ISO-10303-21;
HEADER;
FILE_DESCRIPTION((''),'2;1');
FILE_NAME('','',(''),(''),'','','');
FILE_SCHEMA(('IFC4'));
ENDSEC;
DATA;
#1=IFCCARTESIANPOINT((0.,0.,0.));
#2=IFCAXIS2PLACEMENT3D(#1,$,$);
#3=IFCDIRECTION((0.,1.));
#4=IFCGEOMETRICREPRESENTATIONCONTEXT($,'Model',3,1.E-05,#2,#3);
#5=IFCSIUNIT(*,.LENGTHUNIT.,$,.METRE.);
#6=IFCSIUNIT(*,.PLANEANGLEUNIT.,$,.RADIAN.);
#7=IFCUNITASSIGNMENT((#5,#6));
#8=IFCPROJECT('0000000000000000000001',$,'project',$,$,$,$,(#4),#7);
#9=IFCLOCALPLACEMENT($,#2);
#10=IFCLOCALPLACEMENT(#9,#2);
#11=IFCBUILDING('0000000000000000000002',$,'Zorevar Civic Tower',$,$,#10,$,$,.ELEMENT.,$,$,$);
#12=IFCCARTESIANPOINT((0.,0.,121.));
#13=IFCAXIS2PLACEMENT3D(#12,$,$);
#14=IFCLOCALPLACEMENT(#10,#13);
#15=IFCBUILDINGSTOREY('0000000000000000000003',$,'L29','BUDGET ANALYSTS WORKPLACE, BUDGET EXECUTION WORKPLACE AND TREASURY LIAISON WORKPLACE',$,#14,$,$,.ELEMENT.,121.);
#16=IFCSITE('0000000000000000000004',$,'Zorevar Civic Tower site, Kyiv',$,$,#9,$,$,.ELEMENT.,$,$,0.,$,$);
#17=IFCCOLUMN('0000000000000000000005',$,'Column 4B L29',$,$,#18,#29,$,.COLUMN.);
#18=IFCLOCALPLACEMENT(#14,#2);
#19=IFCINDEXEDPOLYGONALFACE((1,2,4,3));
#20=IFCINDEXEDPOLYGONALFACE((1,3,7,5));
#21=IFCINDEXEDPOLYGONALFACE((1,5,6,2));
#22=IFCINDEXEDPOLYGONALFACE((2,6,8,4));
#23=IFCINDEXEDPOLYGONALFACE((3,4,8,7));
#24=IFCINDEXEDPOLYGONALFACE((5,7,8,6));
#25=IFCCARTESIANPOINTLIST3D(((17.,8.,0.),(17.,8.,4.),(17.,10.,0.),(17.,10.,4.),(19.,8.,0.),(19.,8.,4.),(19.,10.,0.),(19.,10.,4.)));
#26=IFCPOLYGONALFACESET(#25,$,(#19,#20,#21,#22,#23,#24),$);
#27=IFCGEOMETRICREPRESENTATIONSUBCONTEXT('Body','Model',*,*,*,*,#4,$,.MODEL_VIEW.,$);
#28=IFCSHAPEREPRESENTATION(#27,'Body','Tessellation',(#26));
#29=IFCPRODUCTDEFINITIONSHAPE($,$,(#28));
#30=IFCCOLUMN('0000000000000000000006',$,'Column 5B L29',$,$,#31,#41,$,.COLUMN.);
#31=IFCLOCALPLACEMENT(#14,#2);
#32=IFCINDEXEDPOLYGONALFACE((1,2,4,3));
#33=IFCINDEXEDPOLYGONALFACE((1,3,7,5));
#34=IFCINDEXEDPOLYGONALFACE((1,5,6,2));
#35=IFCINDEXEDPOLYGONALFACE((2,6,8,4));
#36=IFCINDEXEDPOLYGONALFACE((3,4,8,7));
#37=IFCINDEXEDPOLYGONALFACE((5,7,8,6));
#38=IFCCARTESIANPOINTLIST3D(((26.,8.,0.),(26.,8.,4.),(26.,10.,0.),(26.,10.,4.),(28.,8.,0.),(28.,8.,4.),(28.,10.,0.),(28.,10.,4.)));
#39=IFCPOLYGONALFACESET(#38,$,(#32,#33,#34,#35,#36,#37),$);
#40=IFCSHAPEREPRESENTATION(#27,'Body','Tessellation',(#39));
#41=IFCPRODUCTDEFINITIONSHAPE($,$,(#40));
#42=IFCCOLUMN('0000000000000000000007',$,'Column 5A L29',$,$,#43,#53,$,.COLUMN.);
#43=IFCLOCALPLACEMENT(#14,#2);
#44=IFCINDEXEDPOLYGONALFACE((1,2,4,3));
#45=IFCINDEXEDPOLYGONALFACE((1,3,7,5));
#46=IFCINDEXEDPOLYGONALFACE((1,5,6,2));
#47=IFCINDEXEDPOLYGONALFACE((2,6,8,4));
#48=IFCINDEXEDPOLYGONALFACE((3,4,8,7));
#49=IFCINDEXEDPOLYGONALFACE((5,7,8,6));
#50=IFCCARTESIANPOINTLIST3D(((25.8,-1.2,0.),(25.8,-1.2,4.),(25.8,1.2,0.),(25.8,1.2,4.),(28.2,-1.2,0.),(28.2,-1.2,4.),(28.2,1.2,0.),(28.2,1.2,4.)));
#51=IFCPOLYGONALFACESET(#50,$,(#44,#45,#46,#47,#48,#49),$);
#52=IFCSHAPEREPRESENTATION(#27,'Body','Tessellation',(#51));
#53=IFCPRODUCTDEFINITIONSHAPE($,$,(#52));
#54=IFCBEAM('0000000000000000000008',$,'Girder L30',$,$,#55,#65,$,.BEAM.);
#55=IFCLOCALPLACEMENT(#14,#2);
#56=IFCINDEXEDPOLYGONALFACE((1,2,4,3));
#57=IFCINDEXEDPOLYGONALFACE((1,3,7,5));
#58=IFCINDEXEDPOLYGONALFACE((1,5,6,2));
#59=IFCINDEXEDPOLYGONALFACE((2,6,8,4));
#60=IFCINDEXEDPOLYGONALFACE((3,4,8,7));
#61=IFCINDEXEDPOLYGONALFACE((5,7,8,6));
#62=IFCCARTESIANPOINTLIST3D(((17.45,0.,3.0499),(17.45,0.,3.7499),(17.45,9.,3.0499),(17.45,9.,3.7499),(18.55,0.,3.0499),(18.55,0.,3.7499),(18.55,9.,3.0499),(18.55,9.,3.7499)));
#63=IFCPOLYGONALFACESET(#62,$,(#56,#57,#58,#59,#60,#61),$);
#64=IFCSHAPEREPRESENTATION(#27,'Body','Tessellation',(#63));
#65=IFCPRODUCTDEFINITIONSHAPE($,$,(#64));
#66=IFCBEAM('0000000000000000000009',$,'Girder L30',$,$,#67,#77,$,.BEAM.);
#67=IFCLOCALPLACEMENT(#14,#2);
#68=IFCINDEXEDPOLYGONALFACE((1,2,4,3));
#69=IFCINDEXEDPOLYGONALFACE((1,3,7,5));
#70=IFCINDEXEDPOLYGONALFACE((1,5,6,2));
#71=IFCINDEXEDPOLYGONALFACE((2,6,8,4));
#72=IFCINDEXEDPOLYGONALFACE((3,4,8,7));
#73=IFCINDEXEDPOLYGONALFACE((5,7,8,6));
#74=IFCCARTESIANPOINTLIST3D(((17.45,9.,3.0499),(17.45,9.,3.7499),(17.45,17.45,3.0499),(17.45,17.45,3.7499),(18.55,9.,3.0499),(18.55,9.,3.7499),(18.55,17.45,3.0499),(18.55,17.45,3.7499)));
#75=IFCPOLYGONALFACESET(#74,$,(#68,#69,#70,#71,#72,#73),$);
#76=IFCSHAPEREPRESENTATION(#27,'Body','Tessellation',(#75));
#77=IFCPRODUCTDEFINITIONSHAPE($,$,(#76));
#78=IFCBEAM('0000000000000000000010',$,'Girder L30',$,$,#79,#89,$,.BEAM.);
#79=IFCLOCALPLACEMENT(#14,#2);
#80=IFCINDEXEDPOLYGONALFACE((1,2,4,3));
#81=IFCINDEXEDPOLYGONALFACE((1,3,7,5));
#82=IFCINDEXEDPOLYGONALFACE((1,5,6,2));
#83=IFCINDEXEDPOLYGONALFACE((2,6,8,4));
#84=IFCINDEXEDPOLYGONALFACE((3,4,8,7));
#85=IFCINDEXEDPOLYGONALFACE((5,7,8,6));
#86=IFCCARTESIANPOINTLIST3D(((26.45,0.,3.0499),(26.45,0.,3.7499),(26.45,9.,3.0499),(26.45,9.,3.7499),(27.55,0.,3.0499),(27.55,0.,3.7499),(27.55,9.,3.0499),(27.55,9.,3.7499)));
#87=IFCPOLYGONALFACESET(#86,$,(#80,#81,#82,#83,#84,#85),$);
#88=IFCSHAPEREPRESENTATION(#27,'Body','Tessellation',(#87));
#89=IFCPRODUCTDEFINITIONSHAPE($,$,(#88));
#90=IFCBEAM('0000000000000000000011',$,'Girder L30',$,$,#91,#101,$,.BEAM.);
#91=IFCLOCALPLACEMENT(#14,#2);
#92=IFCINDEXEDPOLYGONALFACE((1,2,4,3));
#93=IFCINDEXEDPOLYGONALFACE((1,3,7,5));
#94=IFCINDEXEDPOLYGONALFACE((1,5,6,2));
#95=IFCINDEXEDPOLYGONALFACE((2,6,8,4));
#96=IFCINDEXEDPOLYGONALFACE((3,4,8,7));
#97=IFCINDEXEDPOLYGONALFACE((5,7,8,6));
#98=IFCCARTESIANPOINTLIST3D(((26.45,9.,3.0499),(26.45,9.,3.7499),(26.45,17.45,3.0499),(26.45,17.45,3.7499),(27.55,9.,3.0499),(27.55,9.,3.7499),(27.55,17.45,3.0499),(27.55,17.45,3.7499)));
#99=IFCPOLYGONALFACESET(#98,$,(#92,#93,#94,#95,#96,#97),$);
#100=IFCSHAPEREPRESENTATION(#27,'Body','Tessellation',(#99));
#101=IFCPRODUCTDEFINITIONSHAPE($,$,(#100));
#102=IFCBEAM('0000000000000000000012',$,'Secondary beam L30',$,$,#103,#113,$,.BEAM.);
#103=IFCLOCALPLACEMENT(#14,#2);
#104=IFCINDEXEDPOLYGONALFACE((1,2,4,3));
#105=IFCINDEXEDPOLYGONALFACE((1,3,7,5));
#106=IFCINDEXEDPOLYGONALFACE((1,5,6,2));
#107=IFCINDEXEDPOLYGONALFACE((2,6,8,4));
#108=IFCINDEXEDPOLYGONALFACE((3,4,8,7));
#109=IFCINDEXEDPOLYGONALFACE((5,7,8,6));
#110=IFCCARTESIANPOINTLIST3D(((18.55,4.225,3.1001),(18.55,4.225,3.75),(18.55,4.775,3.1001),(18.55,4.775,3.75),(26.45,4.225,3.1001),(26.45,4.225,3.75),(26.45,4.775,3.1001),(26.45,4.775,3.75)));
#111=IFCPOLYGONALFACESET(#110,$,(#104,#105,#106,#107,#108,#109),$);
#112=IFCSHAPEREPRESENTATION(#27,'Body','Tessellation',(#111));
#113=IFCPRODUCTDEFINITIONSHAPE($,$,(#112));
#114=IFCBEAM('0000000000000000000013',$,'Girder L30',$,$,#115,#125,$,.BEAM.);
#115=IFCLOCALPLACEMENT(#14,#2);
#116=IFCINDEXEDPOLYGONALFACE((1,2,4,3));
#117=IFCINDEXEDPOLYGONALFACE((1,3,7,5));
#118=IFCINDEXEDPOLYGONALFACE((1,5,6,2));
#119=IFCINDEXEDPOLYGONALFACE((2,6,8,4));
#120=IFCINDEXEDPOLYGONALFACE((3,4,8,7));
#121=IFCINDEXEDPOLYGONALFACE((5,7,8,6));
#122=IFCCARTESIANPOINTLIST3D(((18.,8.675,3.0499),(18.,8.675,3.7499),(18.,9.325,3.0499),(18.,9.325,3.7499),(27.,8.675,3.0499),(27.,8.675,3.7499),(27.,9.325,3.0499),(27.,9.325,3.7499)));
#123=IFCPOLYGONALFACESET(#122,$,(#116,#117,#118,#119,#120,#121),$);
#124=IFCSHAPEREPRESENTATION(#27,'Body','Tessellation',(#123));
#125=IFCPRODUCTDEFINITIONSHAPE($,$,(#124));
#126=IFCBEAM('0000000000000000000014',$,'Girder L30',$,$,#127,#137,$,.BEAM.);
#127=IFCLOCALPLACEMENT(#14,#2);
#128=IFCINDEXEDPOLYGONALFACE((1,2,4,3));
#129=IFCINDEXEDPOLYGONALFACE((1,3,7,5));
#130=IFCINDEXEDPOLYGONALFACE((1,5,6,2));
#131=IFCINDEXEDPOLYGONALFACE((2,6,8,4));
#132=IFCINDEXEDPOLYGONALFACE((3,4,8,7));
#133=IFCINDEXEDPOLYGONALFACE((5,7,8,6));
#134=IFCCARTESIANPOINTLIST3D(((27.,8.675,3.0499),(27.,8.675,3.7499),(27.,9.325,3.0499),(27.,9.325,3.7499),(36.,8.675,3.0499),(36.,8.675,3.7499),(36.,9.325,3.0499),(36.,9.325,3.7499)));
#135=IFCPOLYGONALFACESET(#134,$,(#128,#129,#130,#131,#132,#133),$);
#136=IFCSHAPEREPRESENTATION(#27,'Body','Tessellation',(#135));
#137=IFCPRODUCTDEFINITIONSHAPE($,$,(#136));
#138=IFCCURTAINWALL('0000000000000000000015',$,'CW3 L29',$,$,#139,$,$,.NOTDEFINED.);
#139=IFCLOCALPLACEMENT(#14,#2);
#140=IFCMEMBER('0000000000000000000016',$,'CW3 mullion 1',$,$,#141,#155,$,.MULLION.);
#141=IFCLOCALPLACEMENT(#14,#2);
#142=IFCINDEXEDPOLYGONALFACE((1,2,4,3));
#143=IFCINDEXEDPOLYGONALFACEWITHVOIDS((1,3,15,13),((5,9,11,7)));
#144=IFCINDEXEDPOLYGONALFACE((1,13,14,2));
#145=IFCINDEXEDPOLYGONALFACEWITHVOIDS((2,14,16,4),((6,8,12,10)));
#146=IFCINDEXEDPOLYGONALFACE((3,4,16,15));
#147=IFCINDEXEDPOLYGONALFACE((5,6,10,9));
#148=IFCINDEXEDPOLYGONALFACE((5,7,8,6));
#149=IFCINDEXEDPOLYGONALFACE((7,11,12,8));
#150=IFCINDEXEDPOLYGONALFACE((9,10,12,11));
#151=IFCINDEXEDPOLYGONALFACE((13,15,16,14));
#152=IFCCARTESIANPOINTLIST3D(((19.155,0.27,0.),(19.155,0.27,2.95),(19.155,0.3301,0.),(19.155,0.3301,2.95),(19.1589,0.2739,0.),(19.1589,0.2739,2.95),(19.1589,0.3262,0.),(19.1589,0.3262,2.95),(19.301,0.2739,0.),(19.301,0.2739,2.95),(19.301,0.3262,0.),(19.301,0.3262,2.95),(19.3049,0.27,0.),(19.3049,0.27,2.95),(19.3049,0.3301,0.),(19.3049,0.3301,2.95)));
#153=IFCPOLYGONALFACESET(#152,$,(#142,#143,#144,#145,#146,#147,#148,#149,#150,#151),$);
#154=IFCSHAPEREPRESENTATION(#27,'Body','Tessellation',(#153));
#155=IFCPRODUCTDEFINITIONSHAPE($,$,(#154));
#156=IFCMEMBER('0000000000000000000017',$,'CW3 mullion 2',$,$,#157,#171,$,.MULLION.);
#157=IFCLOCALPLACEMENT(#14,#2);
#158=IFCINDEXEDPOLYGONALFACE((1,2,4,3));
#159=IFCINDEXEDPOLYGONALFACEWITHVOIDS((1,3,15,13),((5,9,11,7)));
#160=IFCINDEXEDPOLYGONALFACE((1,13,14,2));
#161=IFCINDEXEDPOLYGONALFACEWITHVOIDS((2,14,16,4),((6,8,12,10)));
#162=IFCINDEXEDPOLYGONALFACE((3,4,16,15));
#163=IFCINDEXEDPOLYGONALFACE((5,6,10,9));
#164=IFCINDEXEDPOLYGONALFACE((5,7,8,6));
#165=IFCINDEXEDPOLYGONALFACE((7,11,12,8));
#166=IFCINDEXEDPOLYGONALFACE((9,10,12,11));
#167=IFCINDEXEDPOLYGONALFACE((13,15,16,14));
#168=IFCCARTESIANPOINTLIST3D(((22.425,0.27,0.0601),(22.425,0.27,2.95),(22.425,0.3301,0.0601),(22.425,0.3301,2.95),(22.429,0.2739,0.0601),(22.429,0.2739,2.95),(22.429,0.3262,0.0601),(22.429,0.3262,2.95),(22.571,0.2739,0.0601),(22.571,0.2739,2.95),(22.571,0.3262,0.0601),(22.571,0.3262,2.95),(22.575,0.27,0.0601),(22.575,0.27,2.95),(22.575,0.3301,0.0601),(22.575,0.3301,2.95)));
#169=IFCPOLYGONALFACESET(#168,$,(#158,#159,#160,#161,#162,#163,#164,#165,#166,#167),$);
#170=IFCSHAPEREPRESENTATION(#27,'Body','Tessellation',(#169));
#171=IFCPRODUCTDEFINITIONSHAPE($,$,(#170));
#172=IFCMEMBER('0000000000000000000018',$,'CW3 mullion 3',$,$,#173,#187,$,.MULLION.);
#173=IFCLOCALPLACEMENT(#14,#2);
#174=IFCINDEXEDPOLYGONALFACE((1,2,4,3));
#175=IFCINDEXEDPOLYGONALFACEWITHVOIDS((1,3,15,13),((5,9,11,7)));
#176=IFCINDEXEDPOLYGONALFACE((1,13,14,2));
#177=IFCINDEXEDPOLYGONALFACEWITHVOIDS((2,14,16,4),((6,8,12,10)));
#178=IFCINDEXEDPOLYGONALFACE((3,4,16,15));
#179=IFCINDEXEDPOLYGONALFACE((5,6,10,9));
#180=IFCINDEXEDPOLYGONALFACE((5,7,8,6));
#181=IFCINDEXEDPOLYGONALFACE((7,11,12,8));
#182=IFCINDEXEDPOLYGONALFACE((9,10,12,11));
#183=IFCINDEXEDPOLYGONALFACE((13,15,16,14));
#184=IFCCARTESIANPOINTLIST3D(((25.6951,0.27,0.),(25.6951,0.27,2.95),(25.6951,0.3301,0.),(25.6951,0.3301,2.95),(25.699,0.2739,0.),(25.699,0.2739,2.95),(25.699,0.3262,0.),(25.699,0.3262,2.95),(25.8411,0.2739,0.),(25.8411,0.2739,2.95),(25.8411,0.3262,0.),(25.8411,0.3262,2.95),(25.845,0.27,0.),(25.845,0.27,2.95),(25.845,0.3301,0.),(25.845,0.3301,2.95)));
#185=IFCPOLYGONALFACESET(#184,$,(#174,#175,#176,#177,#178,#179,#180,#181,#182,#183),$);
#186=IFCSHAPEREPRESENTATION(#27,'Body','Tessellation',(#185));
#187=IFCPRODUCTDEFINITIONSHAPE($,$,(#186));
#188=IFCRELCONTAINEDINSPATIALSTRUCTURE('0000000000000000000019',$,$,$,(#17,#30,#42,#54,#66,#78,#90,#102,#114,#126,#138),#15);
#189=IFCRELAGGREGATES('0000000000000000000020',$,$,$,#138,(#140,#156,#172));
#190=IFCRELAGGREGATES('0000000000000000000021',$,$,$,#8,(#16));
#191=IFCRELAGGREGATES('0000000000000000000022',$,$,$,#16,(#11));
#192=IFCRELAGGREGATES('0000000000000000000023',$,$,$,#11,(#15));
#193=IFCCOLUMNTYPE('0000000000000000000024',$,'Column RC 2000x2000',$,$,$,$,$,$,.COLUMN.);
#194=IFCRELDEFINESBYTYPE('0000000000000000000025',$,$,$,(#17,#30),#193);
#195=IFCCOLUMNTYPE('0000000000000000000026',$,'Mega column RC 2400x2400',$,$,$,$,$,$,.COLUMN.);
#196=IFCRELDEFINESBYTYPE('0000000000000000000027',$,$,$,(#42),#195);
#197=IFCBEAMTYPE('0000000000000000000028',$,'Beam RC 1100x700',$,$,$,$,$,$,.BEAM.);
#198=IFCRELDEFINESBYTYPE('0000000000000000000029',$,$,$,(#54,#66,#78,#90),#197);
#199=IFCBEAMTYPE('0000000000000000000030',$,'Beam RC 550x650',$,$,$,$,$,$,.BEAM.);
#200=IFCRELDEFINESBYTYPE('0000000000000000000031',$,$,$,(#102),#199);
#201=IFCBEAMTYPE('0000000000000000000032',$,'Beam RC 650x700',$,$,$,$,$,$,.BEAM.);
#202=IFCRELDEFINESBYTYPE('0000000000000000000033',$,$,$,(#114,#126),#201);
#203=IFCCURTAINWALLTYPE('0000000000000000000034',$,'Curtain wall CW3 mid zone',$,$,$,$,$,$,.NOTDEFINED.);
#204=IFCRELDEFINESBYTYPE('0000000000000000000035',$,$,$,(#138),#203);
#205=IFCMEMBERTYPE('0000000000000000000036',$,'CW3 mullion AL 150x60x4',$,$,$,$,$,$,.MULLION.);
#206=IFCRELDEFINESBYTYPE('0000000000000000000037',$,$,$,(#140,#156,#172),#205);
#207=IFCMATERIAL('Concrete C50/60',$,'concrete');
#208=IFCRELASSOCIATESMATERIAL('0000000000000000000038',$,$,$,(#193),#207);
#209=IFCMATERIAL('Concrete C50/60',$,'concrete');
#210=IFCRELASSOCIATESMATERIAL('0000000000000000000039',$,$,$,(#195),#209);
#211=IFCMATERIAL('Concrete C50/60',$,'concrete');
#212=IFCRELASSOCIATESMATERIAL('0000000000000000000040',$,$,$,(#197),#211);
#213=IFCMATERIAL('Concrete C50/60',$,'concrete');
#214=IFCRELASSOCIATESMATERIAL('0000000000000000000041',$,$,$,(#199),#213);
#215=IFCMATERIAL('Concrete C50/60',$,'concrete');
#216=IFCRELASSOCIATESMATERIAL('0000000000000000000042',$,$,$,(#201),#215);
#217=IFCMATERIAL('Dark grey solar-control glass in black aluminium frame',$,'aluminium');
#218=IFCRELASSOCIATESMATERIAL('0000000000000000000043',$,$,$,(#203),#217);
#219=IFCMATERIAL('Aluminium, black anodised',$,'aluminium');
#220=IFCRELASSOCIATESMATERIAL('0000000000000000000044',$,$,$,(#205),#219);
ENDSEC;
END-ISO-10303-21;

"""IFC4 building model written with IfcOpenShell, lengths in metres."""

from ifc_helpers import new_model, si_unit, direction, frame, origin, origin_2d, place, context, subcontext, project, spatial, rectangle, hollow_rectangle, extrude, material, material_profile, profile_set, type_object, element, aggregate, save


model = new_model("IFC4")

# Units and contexts
model_context = context("Model", 3, precision=1e-05, world=origin(), true_north=direction((0.0, 1.0)))
body_context = subcontext(model_context, "Body", "Model", "MODEL_VIEW")
ifc_project = project(units=[si_unit("LENGTHUNIT", "METRE"), si_unit("PLANEANGLEUNIT", "RADIAN")], contexts=[model_context])

# Site, building, storey
site_placement = place(None, origin())
site = spatial("IfcSite", under=ifc_project, at=site_placement, Name="Zorevar Civic Tower site, Kyiv", CompositionType="ELEMENT", RefElevation=0.0)
building_placement = place(site_placement, origin())
building = spatial("IfcBuilding", under=site, at=building_placement, Name="Zorevar Civic Tower", CompositionType="ELEMENT")
storey_placement = place(building_placement, frame((0.0, 0.0, 121.0)))
storey = spatial("IfcBuildingStorey", under=building, at=storey_placement, Name="L29", Description="BUDGET ANALYSTS WORKPLACE, BUDGET EXECUTION WORKPLACE AND TREASURY LIAISON WORKPLACE", CompositionType="ELEMENT", Elevation=121.0)

# Columns
ifc_material_1 = material(Name="Concrete C50/60", Category="concrete")
ifc_material_profile_1 = material_profile(ifc_material_1, rectangle(XDim=2.0, YDim=2.0, at=origin_2d()), Name="RC 2000x2000")
ifc_profile_set_1 = profile_set([ifc_material_profile_1], Name="Concrete C50/60")
column_type_1 = type_object("IfcColumnType", Name="Column RC 2000x2000", PredefinedType="COLUMN", material=ifc_profile_set_1)
for number, where, z_axis, x_axis, name in (
    (1, (18.0, 9.0, 0.0), (0.0, 0.0, 1.0), (1.0, 0.0, 0.0), "Column 4B L29"),
    (2, (27.0, 9.0, 0.0), (0.0, 0.0, 1.0), (1.0, 0.0, 0.0), "Column 5B L29"),
):
    element("IfcColumn", number, at=place(storey_placement, frame(where, z_axis=z_axis, x_axis=x_axis)), inside=storey, type_object=column_type_1, Name=name, PredefinedType="COLUMN", context=body_context, shape_type="SweptSolid", body=[
        extrude(rectangle(XDim=2.0, YDim=2.0, at=origin_2d()), origin(), (0.0, 0.0, 1.0), 4.0),
    ])
ifc_material_2 = material(Name="Concrete C50/60", Category="concrete")
ifc_material_profile_2 = material_profile(ifc_material_2, rectangle(XDim=2.3999, YDim=2.3999, at=origin_2d()), Name="RC 2400x2400")
ifc_profile_set_2 = profile_set([ifc_material_profile_2], Name="Concrete C50/60")
column_type_2 = type_object("IfcColumnType", Name="Mega column RC 2400x2400", PredefinedType="COLUMN", material=ifc_profile_set_2)
column_placement = place(storey_placement, frame((27.0, 0.0, 0.0), z_axis=(0.0, 0.0, 1.0), x_axis=(1.0, 0.0, 0.0)))
element("IfcColumn", 3, at=column_placement, inside=storey, type_object=column_type_2, Name="Column 5A L29", PredefinedType="COLUMN", context=body_context, shape_type="SweptSolid", body=[
    extrude(rectangle(XDim=2.3999, YDim=2.3999, at=origin_2d()), origin(), (0.0, 0.0, 1.0), 4.0),
])

# Beams
ifc_material_3 = material(Name="Concrete C50/60", Category="concrete")
ifc_material_profile_3 = material_profile(ifc_material_3, rectangle(XDim=1.1001, YDim=0.7, at=origin_2d()), Name="RC 1100x700")
ifc_profile_set_3 = profile_set([ifc_material_profile_3], Name="Concrete C50/60")
beam_type_1 = type_object("IfcBeamType", Name="Beam RC 1100x700", PredefinedType="BEAM", material=ifc_profile_set_3)
beam_1_placement = place(storey_placement, frame((18.0, 0.0, 3.3999), z_axis=(0.0, 1.0, 0.0), x_axis=(-1.0, 0.0, 0.0)))
element("IfcBeam", 4, at=beam_1_placement, inside=storey, type_object=beam_type_1, Name="Girder L30", PredefinedType="BEAM", context=body_context, shape_type="SweptSolid", body=[
    extrude(rectangle(XDim=1.1001, YDim=0.7, at=origin_2d()), origin(), (0.0, 0.0, 1.0), 9.0),
])
beam_2_placement = place(storey_placement, frame((18.0, 9.0, 3.3999), z_axis=(0.0, 1.0, 0.0), x_axis=(-1.0, 0.0, 0.0)))
element("IfcBeam", 5, at=beam_2_placement, inside=storey, type_object=beam_type_1, Name="Girder L30", PredefinedType="BEAM", context=body_context, shape_type="SweptSolid", body=[
    extrude(rectangle(XDim=1.1001, YDim=0.7, at=origin_2d()), origin(), (0.0, 0.0, 1.0), 8.45),
])
beam_3_placement = place(storey_placement, frame((27.0, 0.0, 3.3999), z_axis=(0.0, 1.0, 0.0), x_axis=(-1.0, 0.0, 0.0)))
element("IfcBeam", 6, at=beam_3_placement, inside=storey, type_object=beam_type_1, Name="Girder L30", PredefinedType="BEAM", context=body_context, shape_type="SweptSolid", body=[
    extrude(rectangle(XDim=1.1001, YDim=0.7, at=origin_2d()), origin(), (0.0, 0.0, 1.0), 9.0),
])
beam_4_placement = place(storey_placement, frame((27.0, 9.0, 3.3999), z_axis=(0.0, 1.0, 0.0), x_axis=(-1.0, 0.0, 0.0)))
element("IfcBeam", 7, at=beam_4_placement, inside=storey, type_object=beam_type_1, Name="Girder L30", PredefinedType="BEAM", context=body_context, shape_type="SweptSolid", body=[
    extrude(rectangle(XDim=1.1001, YDim=0.7, at=origin_2d()), origin(), (0.0, 0.0, 1.0), 8.45),
])
ifc_material_4 = material(Name="Concrete C50/60", Category="concrete")
ifc_material_profile_4 = material_profile(ifc_material_4, rectangle(XDim=0.55, YDim=0.6499, at=origin_2d()), Name="RC 550x650")
ifc_profile_set_4 = profile_set([ifc_material_profile_4], Name="Concrete C50/60")
beam_type_2 = type_object("IfcBeamType", Name="Beam RC 550x650", PredefinedType="BEAM", material=ifc_profile_set_4)
beam_5_placement = place(storey_placement, frame((18.55, 4.5, 3.425), z_axis=(1.0, 0.0, 0.0), x_axis=(0.0, 1.0, 0.0)))
element("IfcBeam", 8, at=beam_5_placement, inside=storey, type_object=beam_type_2, Name="Secondary beam L30", PredefinedType="BEAM", context=body_context, shape_type="SweptSolid", body=[
    extrude(rectangle(XDim=0.55, YDim=0.6499, at=origin_2d()), origin(), (0.0, 0.0, 1.0), 7.8999),
])
ifc_material_5 = material(Name="Concrete C50/60", Category="concrete")
ifc_material_profile_5 = material_profile(ifc_material_5, rectangle(XDim=0.6499, YDim=0.7, at=origin_2d()), Name="RC 650x700")
ifc_profile_set_5 = profile_set([ifc_material_profile_5], Name="Concrete C50/60")
beam_type_3 = type_object("IfcBeamType", Name="Beam RC 650x700", PredefinedType="BEAM", material=ifc_profile_set_5)
for number, where, z_axis, x_axis, name in (
    (9, (18.0, 9.0, 3.3999), (1.0, 0.0, 0.0), (0.0, 1.0, 0.0), "Girder L30"),
    (10, (27.0, 9.0, 3.3999), (1.0, 0.0, 0.0), (0.0, 1.0, 0.0), "Girder L30"),
):
    element("IfcBeam", number, at=place(storey_placement, frame(where, z_axis=z_axis, x_axis=x_axis)), inside=storey, type_object=beam_type_3, Name=name, PredefinedType="BEAM", context=body_context, shape_type="SweptSolid", body=[
        extrude(rectangle(XDim=0.6499, YDim=0.7, at=origin_2d()), origin(), (0.0, 0.0, 1.0), 9.0),
    ])

# Curtain wall, members
ifc_material_6 = material(Name="Dark grey solar-control glass in black aluminium frame", Category="aluminium")
curtain_wall_type = type_object("IfcCurtainWallType", Name="Curtain wall CW3 mid zone", PredefinedType="NOTDEFINED", material=ifc_material_6)
curtain_wall_placement = place(storey_placement, origin())
curtain_wall = element("IfcCurtainWall", 11, at=curtain_wall_placement, inside=storey, type_object=curtain_wall_type, Name="CW3 L29", PredefinedType="NOTDEFINED")
ifc_material_7 = material(Name="Aluminium, black anodised", Category="aluminium")
ifc_material_profile_6 = material_profile(ifc_material_7, hollow_rectangle(XDim=0.0601, YDim=0.1499, WallThickness=0.0039, at=origin_2d()), Name="AL 150x60x4")
ifc_profile_set_6 = profile_set([ifc_material_profile_6], Name="Aluminium, black anodised")
member_type_1 = type_object("IfcMemberType", Name="CW3 mullion AL 150x60x4", PredefinedType="MULLION", material=ifc_profile_set_6)
member_1_placement = place(storey_placement, frame((19.23, 0.3, 0.0), z_axis=(0.0, 0.0, 1.0), x_axis=(0.0, 1.0, 0.0)))
member_1 = element("IfcMember", 12, at=member_1_placement, type_object=member_type_1, Name="CW3 mullion 1", PredefinedType="MULLION", context=body_context, shape_type="SweptSolid", body=[
    extrude(hollow_rectangle(XDim=0.0601, YDim=0.1499, WallThickness=0.0039, at=origin_2d()), origin(), (0.0, 0.0, 1.0), 2.95),
])
member_2_placement = place(storey_placement, frame((22.5, 0.3, 0.0601), z_axis=(0.0, 0.0, 1.0), x_axis=(0.0, 1.0, 0.0)))
member_2 = element("IfcMember", 13, at=member_2_placement, type_object=member_type_1, Name="CW3 mullion 2", PredefinedType="MULLION", context=body_context, shape_type="SweptSolid", body=[
    extrude(hollow_rectangle(XDim=0.0601, YDim=0.1499, WallThickness=0.0039, at=origin_2d()), origin(), (0.0, 0.0, 1.0), 2.8899),
])
member_3_placement = place(storey_placement, frame((25.77, 0.3, 0.0), z_axis=(0.0, 0.0, 1.0), x_axis=(0.0, 1.0, 0.0)))
member_3 = element("IfcMember", 14, at=member_3_placement, type_object=member_type_1, Name="CW3 mullion 3", PredefinedType="MULLION", context=body_context, shape_type="SweptSolid", body=[
    extrude(hollow_rectangle(XDim=0.0601, YDim=0.1499, WallThickness=0.0039, at=origin_2d()), origin(), (0.0, 0.0, 1.0), 2.95),
])

aggregate(curtain_wall, [member_1, member_2, member_3])

save(model, "model.ifc")
